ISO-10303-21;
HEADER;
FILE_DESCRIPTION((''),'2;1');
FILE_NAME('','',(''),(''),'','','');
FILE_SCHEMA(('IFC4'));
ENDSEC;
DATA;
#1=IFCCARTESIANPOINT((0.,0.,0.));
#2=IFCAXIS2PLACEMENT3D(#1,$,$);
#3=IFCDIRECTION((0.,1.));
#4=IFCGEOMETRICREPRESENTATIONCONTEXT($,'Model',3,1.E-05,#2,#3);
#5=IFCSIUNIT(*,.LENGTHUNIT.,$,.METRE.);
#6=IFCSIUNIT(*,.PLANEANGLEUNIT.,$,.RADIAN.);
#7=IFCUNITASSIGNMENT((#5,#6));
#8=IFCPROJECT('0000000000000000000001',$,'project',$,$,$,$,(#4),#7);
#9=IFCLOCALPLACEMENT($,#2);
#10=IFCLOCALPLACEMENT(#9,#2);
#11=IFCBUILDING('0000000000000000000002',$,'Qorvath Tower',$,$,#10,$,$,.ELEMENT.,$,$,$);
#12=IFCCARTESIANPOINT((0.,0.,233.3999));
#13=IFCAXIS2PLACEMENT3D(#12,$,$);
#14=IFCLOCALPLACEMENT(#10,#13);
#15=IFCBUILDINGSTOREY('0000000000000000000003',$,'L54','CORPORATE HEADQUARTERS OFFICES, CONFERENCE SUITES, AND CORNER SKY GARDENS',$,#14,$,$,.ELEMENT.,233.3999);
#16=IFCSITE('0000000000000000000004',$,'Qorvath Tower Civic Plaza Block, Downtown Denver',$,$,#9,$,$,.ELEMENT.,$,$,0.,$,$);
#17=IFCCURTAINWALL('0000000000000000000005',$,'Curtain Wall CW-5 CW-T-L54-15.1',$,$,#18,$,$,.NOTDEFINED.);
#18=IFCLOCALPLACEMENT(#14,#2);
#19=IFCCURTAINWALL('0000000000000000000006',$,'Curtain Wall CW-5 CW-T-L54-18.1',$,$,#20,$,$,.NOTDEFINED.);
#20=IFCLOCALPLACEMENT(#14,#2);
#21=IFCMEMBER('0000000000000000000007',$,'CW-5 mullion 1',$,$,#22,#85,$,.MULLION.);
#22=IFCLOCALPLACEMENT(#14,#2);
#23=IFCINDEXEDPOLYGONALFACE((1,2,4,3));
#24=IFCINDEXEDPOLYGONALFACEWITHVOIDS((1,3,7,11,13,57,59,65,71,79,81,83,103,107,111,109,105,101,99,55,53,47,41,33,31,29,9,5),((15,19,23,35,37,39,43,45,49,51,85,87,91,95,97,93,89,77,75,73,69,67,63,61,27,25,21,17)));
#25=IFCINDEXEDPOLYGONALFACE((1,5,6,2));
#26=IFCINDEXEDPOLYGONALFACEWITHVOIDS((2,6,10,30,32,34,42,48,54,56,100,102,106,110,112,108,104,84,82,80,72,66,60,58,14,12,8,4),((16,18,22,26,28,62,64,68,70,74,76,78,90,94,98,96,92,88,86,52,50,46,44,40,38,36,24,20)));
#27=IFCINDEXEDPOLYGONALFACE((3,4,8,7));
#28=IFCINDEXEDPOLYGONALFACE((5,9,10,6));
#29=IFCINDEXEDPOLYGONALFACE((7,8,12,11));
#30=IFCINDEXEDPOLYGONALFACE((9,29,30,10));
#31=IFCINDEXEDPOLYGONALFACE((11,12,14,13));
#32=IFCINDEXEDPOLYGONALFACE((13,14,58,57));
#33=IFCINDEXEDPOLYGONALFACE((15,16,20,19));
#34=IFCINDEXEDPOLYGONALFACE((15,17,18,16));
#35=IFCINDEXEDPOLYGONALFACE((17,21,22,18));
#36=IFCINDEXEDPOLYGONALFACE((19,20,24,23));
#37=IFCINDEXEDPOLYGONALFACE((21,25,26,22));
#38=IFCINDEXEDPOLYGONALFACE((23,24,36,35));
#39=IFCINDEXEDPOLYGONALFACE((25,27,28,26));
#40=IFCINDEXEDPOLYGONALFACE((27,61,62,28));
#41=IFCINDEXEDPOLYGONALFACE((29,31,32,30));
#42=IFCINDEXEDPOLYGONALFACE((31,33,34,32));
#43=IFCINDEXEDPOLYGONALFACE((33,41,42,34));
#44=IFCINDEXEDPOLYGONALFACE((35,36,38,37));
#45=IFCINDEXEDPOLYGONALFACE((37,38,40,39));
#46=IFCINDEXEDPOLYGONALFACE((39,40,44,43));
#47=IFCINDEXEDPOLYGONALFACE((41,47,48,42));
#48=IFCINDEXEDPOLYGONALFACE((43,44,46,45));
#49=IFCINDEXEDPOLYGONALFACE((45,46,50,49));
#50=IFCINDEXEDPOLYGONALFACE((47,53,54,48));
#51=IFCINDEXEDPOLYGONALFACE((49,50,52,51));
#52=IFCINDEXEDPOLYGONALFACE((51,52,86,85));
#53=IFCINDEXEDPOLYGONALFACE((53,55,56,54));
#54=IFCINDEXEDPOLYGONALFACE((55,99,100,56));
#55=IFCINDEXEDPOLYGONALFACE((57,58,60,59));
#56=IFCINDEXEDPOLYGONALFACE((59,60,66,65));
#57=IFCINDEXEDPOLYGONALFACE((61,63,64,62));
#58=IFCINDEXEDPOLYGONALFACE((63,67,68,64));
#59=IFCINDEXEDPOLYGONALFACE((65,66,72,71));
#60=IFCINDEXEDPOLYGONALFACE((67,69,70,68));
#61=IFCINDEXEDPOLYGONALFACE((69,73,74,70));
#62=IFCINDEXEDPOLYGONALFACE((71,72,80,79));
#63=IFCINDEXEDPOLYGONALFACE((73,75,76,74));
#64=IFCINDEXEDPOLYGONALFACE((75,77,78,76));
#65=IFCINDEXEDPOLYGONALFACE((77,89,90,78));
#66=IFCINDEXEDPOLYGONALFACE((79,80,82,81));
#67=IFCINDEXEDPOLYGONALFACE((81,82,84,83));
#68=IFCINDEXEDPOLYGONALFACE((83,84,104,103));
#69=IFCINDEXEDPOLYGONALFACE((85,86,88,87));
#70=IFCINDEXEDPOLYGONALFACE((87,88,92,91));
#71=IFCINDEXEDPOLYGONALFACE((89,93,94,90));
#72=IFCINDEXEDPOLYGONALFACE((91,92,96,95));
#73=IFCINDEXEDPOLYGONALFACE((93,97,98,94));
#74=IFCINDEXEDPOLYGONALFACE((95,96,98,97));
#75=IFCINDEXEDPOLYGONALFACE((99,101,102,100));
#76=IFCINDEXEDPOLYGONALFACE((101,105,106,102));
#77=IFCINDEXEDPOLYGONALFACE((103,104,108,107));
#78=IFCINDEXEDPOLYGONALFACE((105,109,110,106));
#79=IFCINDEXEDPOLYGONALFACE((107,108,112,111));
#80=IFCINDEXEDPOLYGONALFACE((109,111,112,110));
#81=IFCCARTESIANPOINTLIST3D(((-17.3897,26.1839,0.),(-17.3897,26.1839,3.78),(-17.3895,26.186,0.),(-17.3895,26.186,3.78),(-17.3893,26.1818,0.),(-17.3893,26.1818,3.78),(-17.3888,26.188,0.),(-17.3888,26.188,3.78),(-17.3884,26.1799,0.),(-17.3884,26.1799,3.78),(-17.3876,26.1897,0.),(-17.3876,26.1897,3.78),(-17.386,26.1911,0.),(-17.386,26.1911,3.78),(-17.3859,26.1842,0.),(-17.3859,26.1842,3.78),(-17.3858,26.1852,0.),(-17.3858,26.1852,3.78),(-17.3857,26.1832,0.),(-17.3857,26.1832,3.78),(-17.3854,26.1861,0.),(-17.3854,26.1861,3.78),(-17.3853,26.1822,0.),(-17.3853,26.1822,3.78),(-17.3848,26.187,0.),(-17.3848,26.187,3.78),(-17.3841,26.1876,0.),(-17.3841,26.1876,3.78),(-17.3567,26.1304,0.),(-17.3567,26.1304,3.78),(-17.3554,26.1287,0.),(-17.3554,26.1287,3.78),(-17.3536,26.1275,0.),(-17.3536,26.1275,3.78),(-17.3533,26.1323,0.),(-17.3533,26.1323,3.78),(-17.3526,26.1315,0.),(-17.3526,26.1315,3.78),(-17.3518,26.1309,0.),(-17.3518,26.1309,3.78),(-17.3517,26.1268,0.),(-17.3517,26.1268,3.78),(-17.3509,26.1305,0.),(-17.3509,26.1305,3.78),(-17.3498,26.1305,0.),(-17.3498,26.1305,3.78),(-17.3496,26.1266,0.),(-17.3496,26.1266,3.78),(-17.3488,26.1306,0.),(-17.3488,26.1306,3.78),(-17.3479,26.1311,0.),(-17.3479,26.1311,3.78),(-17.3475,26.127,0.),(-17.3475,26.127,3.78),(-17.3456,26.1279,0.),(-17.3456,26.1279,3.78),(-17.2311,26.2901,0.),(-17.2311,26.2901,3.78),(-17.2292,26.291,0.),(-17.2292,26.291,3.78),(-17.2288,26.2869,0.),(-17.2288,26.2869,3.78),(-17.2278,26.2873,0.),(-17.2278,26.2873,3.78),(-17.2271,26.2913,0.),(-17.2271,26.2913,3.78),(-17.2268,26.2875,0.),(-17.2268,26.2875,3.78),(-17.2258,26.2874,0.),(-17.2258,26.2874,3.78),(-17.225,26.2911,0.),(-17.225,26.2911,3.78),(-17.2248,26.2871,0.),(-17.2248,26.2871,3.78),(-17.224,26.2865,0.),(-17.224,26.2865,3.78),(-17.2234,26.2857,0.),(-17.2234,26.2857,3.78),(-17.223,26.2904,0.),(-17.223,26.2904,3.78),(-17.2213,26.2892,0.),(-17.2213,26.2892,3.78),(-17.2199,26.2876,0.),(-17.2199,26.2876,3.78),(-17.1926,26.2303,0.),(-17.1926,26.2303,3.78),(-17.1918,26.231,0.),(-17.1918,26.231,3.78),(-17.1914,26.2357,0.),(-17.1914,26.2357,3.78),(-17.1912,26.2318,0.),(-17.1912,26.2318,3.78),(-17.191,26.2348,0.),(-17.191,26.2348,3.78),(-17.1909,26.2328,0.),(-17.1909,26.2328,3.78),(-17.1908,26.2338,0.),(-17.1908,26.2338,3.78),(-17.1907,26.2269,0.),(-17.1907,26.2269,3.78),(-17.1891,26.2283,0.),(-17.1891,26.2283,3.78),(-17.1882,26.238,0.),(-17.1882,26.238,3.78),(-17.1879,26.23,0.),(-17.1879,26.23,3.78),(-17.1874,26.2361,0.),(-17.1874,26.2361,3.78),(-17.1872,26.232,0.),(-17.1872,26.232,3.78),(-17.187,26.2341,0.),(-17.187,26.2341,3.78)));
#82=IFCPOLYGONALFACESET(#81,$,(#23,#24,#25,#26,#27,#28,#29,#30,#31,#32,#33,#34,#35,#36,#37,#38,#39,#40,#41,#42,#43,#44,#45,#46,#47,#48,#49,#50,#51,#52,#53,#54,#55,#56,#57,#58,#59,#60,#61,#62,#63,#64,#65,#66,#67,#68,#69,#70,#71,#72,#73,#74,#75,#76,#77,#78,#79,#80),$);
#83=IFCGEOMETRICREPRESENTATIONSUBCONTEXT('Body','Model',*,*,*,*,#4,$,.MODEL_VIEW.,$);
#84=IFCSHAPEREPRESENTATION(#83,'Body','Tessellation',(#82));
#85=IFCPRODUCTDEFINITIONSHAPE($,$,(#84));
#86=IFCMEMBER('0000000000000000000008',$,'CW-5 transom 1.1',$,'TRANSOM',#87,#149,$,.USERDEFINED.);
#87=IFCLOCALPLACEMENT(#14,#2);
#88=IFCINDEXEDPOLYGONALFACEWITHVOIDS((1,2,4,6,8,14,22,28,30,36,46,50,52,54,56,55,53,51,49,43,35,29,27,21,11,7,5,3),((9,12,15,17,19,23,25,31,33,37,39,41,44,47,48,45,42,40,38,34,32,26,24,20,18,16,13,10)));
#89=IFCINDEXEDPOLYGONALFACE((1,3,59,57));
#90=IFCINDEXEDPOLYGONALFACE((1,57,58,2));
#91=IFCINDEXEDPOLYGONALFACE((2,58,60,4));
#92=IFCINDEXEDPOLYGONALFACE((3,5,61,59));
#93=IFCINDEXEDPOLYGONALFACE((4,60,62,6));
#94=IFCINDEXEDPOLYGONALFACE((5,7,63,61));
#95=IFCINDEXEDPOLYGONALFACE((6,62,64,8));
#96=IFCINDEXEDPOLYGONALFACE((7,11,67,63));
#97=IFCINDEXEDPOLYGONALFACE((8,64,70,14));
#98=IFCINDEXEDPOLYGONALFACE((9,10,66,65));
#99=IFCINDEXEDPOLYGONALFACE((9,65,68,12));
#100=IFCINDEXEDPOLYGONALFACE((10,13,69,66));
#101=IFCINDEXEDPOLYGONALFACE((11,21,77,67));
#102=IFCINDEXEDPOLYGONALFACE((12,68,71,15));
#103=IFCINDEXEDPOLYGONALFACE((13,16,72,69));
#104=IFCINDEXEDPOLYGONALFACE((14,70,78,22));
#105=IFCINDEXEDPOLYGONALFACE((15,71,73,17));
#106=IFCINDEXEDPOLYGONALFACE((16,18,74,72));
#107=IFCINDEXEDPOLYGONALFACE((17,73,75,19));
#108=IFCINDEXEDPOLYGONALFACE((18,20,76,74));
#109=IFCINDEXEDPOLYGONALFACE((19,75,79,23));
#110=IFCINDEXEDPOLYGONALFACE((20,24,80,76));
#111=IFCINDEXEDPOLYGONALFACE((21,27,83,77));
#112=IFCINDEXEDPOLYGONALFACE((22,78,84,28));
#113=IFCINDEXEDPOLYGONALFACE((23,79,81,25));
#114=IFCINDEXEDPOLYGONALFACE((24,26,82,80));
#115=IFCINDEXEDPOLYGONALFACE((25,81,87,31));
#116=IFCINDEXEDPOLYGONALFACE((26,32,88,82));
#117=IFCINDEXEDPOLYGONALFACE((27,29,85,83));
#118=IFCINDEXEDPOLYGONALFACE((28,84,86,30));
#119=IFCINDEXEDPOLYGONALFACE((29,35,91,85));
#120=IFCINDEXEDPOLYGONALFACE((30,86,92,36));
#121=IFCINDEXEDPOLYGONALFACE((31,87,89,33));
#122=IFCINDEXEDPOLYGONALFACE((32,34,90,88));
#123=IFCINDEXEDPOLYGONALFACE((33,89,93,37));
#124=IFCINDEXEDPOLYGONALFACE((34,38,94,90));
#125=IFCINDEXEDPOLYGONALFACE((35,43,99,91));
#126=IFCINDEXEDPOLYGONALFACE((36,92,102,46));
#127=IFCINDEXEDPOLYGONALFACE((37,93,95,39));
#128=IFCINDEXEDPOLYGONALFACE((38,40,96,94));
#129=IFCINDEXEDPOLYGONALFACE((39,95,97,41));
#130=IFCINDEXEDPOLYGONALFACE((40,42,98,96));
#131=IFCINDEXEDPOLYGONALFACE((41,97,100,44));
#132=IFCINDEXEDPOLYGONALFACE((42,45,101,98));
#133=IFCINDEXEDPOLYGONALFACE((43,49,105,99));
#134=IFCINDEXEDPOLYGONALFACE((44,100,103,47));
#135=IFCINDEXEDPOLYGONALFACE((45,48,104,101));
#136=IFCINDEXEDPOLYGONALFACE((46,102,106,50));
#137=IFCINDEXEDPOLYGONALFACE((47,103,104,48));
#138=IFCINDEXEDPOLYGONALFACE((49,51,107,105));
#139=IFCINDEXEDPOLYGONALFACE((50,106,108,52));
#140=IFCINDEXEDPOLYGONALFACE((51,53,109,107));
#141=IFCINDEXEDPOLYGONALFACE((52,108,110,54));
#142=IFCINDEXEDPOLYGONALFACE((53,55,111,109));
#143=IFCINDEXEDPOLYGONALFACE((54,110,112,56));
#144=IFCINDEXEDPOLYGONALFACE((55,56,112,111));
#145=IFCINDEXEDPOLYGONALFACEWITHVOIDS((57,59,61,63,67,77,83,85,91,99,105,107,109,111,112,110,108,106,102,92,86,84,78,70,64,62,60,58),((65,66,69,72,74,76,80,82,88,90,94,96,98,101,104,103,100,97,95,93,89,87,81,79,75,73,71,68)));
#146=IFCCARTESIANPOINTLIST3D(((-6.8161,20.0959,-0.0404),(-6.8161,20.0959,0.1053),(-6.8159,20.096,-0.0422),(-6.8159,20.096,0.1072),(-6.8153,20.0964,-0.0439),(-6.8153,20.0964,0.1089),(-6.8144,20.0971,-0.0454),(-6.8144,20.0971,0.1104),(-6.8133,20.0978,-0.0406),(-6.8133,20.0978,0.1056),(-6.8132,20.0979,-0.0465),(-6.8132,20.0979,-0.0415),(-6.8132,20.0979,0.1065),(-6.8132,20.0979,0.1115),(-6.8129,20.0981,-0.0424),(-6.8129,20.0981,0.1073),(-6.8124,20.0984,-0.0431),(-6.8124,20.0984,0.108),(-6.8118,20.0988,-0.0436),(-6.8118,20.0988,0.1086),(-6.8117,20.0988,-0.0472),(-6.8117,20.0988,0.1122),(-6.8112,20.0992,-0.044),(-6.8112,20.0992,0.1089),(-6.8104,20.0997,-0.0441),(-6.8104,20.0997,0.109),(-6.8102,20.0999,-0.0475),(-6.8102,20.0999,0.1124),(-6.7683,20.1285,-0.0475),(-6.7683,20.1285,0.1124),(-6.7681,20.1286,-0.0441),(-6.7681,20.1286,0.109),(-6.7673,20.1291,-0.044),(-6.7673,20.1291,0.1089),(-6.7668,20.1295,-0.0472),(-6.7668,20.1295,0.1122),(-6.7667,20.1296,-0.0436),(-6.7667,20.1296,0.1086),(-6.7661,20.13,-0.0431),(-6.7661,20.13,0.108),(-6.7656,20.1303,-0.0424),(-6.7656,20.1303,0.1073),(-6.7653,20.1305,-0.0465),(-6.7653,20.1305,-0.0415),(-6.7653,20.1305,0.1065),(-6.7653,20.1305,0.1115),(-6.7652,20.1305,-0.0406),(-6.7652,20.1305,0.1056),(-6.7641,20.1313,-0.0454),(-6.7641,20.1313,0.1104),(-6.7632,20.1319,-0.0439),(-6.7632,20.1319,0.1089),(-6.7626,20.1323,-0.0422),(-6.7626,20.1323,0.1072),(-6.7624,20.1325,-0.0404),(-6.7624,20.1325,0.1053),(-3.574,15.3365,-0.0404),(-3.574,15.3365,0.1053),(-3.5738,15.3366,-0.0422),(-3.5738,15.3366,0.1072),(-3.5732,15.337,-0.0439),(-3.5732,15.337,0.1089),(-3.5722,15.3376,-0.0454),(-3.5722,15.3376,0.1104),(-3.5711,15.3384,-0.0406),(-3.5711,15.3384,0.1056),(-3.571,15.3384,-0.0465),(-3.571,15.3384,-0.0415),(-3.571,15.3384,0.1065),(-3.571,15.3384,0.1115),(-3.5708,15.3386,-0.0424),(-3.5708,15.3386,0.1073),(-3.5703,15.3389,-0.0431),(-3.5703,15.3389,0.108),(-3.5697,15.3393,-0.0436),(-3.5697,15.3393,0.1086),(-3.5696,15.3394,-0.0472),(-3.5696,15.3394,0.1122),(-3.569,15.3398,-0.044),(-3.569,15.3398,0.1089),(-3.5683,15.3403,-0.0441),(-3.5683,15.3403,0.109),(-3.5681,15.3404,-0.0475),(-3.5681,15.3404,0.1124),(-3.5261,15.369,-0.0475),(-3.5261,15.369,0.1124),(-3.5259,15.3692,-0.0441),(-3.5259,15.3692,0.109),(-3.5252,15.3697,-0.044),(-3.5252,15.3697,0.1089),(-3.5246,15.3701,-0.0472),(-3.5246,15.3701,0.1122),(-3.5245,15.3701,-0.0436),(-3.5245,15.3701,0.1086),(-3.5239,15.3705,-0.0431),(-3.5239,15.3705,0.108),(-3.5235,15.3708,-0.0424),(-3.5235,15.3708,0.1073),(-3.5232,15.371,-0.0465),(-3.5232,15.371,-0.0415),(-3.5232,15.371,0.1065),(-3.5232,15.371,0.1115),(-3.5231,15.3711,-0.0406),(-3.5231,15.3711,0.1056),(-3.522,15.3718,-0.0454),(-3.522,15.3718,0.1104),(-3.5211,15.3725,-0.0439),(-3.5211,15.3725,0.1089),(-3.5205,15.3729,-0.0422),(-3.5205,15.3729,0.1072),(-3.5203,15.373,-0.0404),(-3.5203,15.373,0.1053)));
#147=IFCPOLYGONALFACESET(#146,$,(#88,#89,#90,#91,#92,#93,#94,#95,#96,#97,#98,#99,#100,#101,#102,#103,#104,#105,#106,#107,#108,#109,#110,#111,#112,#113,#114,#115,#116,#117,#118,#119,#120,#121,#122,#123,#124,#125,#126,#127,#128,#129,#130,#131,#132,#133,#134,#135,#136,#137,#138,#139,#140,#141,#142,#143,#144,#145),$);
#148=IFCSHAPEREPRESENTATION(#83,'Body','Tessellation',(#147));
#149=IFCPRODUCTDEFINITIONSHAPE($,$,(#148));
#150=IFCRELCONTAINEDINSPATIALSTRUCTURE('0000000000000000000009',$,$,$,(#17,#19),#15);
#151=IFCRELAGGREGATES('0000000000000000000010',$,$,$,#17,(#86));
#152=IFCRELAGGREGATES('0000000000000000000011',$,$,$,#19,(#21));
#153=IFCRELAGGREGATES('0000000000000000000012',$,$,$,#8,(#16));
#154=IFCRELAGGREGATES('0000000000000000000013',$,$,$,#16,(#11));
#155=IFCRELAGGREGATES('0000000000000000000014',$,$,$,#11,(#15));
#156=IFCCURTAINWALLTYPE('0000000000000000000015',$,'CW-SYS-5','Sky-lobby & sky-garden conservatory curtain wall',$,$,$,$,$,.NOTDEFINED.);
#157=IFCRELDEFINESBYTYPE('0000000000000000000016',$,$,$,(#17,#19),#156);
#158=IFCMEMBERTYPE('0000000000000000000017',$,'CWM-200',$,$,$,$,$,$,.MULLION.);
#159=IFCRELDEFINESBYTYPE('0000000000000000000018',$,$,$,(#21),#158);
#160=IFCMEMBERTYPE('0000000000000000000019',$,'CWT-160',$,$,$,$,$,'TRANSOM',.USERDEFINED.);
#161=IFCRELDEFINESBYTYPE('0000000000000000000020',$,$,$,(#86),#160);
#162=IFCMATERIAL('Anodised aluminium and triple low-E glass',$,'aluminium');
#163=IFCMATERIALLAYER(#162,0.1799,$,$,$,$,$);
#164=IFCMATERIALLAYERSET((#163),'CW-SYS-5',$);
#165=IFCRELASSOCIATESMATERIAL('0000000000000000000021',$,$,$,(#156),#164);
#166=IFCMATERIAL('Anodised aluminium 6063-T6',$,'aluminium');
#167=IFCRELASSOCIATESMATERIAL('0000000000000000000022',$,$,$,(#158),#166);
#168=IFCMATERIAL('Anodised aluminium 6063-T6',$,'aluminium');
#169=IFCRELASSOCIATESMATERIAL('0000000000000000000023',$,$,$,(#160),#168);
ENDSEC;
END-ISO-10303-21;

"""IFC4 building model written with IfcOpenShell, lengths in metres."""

from ifc_helpers import new_model, si_unit, direction, frame, origin, origin_2d, place, context, subcontext, project, spatial, hollow_rectangle, extrude, material, layer, layer_set, material_profile, profile_set, type_object, element, aggregate, save


model = new_model("IFC4")

# Units and contexts
model_context = context("Model", 3, precision=1e-05, world=origin(), true_north=direction((0.0, 1.0)))
body_context = subcontext(model_context, "Body", "Model", "MODEL_VIEW")
ifc_project = project(units=[si_unit("LENGTHUNIT", "METRE"), si_unit("PLANEANGLEUNIT", "RADIAN")], contexts=[model_context])

# Site, building, storey
site_placement = place(None, origin())
site = spatial("IfcSite", under=ifc_project, at=site_placement, Name="Qorvath Tower Civic Plaza Block, Downtown Denver", CompositionType="ELEMENT", RefElevation=0.0)
building_placement = place(site_placement, origin())
building = spatial("IfcBuilding", under=site, at=building_placement, Name="Qorvath Tower", CompositionType="ELEMENT")
storey_placement = place(building_placement, frame((0.0, 0.0, 233.3999)))
storey = spatial("IfcBuildingStorey", under=building, at=storey_placement, Name="L54", Description="CORPORATE HEADQUARTERS OFFICES, CONFERENCE SUITES, AND CORNER SKY GARDENS", CompositionType="ELEMENT", Elevation=233.3999)

# Shared definitions
ifc_material_1 = material(Name="Anodised aluminium and triple low-E glass", Category="aluminium")
ifc_layer_1 = layer(ifc_material_1, 0.1799)
ifc_layer_set_1 = layer_set([ifc_layer_1], Name="CW-SYS-5")
curtain_wall_type = type_object("IfcCurtainWallType", Name="CW-SYS-5", Description="Sky-lobby & sky-garden conservatory curtain wall", PredefinedType="NOTDEFINED", material=ifc_layer_set_1)
ifc_material_2 = material(Name="Anodised aluminium 6063-T6", Category="aluminium")
ifc_material_profile_1 = material_profile(ifc_material_2, hollow_rectangle(XDim=0.075, YDim=0.2, WallThickness=0.0039, InnerFilletRadius=0.0039, OuterFilletRadius=0.0081, at=origin_2d()), Name="CWM 200x75")
ifc_profile_set_1 = profile_set([ifc_material_profile_1], Name="Anodised aluminium 6063-T6")
member_type_1 = type_object("IfcMemberType", Name="CWM-200", PredefinedType="MULLION", material=ifc_profile_set_1)

# Curtain wall
curtain_wall_1_placement = place(storey_placement, origin())
curtain_wall_1 = element("IfcCurtainWall", 1, at=curtain_wall_1_placement, inside=storey, type_object=curtain_wall_type, Name="Curtain Wall CW-5 CW-T-L54-15.1", PredefinedType="NOTDEFINED")

# Curtain wall, member
curtain_wall_2_placement = place(storey_placement, origin())
curtain_wall_2 = element("IfcCurtainWall", 2, at=curtain_wall_2_placement, inside=storey, type_object=curtain_wall_type, Name="Curtain Wall CW-5 CW-T-L54-18.1", PredefinedType="NOTDEFINED")
member_1_placement = place(storey_placement, frame((-17.2883, 26.209, 0.0), z_axis=(0.0, 0.0, 1.0), x_axis=(0.538528, -0.842607, 0.0)))
member_1 = element("IfcMember", 3, at=member_1_placement, type_object=member_type_1, Name="CW-5 mullion 1", PredefinedType="MULLION", context=body_context, shape_type="SweptSolid", body=[
    extrude(hollow_rectangle(XDim=0.075, YDim=0.2, WallThickness=0.0039, InnerFilletRadius=0.0039, OuterFilletRadius=0.0081, at=origin_2d()), origin(), (0.0, 0.0, 1.0), 3.78),
])

# Member
ifc_material_3 = material(Name="Anodised aluminium 6063-T6", Category="aluminium")
ifc_material_profile_2 = material_profile(ifc_material_3, hollow_rectangle(XDim=0.0649, YDim=0.1599, WallThickness=0.0034, InnerFilletRadius=0.0034, OuterFilletRadius=0.0071, at=origin_2d()), Name="CWT 160x65")
ifc_profile_set_2 = profile_set([ifc_material_profile_2], Name="Anodised aluminium 6063-T6")
member_type_2 = type_object("IfcMemberType", Name="CWT-160", ElementType="TRANSOM", PredefinedType="USERDEFINED", material=ifc_profile_set_2)
member_2_placement = place(storey_placement, frame((-3.5471, 15.3547, 0.0325), z_axis=(-0.562988, 0.826465, 0.0), x_axis=(-0.826465, -0.562988, 0.0)))
member_2 = element("IfcMember", 4, at=member_2_placement, type_object=member_type_2, Name="CW-5 transom 1.1", ObjectType="TRANSOM", PredefinedType="USERDEFINED", context=body_context, shape_type="SweptSolid", body=[
    extrude(hollow_rectangle(XDim=0.0649, YDim=0.1599, WallThickness=0.0034, InnerFilletRadius=0.0034, OuterFilletRadius=0.0071, at=origin_2d()), origin(), (0.0, 0.0, 1.0), 5.7588),
])

aggregate(curtain_wall_1, [member_2])
aggregate(curtain_wall_2, [member_1])

save(model, "model.ifc")
